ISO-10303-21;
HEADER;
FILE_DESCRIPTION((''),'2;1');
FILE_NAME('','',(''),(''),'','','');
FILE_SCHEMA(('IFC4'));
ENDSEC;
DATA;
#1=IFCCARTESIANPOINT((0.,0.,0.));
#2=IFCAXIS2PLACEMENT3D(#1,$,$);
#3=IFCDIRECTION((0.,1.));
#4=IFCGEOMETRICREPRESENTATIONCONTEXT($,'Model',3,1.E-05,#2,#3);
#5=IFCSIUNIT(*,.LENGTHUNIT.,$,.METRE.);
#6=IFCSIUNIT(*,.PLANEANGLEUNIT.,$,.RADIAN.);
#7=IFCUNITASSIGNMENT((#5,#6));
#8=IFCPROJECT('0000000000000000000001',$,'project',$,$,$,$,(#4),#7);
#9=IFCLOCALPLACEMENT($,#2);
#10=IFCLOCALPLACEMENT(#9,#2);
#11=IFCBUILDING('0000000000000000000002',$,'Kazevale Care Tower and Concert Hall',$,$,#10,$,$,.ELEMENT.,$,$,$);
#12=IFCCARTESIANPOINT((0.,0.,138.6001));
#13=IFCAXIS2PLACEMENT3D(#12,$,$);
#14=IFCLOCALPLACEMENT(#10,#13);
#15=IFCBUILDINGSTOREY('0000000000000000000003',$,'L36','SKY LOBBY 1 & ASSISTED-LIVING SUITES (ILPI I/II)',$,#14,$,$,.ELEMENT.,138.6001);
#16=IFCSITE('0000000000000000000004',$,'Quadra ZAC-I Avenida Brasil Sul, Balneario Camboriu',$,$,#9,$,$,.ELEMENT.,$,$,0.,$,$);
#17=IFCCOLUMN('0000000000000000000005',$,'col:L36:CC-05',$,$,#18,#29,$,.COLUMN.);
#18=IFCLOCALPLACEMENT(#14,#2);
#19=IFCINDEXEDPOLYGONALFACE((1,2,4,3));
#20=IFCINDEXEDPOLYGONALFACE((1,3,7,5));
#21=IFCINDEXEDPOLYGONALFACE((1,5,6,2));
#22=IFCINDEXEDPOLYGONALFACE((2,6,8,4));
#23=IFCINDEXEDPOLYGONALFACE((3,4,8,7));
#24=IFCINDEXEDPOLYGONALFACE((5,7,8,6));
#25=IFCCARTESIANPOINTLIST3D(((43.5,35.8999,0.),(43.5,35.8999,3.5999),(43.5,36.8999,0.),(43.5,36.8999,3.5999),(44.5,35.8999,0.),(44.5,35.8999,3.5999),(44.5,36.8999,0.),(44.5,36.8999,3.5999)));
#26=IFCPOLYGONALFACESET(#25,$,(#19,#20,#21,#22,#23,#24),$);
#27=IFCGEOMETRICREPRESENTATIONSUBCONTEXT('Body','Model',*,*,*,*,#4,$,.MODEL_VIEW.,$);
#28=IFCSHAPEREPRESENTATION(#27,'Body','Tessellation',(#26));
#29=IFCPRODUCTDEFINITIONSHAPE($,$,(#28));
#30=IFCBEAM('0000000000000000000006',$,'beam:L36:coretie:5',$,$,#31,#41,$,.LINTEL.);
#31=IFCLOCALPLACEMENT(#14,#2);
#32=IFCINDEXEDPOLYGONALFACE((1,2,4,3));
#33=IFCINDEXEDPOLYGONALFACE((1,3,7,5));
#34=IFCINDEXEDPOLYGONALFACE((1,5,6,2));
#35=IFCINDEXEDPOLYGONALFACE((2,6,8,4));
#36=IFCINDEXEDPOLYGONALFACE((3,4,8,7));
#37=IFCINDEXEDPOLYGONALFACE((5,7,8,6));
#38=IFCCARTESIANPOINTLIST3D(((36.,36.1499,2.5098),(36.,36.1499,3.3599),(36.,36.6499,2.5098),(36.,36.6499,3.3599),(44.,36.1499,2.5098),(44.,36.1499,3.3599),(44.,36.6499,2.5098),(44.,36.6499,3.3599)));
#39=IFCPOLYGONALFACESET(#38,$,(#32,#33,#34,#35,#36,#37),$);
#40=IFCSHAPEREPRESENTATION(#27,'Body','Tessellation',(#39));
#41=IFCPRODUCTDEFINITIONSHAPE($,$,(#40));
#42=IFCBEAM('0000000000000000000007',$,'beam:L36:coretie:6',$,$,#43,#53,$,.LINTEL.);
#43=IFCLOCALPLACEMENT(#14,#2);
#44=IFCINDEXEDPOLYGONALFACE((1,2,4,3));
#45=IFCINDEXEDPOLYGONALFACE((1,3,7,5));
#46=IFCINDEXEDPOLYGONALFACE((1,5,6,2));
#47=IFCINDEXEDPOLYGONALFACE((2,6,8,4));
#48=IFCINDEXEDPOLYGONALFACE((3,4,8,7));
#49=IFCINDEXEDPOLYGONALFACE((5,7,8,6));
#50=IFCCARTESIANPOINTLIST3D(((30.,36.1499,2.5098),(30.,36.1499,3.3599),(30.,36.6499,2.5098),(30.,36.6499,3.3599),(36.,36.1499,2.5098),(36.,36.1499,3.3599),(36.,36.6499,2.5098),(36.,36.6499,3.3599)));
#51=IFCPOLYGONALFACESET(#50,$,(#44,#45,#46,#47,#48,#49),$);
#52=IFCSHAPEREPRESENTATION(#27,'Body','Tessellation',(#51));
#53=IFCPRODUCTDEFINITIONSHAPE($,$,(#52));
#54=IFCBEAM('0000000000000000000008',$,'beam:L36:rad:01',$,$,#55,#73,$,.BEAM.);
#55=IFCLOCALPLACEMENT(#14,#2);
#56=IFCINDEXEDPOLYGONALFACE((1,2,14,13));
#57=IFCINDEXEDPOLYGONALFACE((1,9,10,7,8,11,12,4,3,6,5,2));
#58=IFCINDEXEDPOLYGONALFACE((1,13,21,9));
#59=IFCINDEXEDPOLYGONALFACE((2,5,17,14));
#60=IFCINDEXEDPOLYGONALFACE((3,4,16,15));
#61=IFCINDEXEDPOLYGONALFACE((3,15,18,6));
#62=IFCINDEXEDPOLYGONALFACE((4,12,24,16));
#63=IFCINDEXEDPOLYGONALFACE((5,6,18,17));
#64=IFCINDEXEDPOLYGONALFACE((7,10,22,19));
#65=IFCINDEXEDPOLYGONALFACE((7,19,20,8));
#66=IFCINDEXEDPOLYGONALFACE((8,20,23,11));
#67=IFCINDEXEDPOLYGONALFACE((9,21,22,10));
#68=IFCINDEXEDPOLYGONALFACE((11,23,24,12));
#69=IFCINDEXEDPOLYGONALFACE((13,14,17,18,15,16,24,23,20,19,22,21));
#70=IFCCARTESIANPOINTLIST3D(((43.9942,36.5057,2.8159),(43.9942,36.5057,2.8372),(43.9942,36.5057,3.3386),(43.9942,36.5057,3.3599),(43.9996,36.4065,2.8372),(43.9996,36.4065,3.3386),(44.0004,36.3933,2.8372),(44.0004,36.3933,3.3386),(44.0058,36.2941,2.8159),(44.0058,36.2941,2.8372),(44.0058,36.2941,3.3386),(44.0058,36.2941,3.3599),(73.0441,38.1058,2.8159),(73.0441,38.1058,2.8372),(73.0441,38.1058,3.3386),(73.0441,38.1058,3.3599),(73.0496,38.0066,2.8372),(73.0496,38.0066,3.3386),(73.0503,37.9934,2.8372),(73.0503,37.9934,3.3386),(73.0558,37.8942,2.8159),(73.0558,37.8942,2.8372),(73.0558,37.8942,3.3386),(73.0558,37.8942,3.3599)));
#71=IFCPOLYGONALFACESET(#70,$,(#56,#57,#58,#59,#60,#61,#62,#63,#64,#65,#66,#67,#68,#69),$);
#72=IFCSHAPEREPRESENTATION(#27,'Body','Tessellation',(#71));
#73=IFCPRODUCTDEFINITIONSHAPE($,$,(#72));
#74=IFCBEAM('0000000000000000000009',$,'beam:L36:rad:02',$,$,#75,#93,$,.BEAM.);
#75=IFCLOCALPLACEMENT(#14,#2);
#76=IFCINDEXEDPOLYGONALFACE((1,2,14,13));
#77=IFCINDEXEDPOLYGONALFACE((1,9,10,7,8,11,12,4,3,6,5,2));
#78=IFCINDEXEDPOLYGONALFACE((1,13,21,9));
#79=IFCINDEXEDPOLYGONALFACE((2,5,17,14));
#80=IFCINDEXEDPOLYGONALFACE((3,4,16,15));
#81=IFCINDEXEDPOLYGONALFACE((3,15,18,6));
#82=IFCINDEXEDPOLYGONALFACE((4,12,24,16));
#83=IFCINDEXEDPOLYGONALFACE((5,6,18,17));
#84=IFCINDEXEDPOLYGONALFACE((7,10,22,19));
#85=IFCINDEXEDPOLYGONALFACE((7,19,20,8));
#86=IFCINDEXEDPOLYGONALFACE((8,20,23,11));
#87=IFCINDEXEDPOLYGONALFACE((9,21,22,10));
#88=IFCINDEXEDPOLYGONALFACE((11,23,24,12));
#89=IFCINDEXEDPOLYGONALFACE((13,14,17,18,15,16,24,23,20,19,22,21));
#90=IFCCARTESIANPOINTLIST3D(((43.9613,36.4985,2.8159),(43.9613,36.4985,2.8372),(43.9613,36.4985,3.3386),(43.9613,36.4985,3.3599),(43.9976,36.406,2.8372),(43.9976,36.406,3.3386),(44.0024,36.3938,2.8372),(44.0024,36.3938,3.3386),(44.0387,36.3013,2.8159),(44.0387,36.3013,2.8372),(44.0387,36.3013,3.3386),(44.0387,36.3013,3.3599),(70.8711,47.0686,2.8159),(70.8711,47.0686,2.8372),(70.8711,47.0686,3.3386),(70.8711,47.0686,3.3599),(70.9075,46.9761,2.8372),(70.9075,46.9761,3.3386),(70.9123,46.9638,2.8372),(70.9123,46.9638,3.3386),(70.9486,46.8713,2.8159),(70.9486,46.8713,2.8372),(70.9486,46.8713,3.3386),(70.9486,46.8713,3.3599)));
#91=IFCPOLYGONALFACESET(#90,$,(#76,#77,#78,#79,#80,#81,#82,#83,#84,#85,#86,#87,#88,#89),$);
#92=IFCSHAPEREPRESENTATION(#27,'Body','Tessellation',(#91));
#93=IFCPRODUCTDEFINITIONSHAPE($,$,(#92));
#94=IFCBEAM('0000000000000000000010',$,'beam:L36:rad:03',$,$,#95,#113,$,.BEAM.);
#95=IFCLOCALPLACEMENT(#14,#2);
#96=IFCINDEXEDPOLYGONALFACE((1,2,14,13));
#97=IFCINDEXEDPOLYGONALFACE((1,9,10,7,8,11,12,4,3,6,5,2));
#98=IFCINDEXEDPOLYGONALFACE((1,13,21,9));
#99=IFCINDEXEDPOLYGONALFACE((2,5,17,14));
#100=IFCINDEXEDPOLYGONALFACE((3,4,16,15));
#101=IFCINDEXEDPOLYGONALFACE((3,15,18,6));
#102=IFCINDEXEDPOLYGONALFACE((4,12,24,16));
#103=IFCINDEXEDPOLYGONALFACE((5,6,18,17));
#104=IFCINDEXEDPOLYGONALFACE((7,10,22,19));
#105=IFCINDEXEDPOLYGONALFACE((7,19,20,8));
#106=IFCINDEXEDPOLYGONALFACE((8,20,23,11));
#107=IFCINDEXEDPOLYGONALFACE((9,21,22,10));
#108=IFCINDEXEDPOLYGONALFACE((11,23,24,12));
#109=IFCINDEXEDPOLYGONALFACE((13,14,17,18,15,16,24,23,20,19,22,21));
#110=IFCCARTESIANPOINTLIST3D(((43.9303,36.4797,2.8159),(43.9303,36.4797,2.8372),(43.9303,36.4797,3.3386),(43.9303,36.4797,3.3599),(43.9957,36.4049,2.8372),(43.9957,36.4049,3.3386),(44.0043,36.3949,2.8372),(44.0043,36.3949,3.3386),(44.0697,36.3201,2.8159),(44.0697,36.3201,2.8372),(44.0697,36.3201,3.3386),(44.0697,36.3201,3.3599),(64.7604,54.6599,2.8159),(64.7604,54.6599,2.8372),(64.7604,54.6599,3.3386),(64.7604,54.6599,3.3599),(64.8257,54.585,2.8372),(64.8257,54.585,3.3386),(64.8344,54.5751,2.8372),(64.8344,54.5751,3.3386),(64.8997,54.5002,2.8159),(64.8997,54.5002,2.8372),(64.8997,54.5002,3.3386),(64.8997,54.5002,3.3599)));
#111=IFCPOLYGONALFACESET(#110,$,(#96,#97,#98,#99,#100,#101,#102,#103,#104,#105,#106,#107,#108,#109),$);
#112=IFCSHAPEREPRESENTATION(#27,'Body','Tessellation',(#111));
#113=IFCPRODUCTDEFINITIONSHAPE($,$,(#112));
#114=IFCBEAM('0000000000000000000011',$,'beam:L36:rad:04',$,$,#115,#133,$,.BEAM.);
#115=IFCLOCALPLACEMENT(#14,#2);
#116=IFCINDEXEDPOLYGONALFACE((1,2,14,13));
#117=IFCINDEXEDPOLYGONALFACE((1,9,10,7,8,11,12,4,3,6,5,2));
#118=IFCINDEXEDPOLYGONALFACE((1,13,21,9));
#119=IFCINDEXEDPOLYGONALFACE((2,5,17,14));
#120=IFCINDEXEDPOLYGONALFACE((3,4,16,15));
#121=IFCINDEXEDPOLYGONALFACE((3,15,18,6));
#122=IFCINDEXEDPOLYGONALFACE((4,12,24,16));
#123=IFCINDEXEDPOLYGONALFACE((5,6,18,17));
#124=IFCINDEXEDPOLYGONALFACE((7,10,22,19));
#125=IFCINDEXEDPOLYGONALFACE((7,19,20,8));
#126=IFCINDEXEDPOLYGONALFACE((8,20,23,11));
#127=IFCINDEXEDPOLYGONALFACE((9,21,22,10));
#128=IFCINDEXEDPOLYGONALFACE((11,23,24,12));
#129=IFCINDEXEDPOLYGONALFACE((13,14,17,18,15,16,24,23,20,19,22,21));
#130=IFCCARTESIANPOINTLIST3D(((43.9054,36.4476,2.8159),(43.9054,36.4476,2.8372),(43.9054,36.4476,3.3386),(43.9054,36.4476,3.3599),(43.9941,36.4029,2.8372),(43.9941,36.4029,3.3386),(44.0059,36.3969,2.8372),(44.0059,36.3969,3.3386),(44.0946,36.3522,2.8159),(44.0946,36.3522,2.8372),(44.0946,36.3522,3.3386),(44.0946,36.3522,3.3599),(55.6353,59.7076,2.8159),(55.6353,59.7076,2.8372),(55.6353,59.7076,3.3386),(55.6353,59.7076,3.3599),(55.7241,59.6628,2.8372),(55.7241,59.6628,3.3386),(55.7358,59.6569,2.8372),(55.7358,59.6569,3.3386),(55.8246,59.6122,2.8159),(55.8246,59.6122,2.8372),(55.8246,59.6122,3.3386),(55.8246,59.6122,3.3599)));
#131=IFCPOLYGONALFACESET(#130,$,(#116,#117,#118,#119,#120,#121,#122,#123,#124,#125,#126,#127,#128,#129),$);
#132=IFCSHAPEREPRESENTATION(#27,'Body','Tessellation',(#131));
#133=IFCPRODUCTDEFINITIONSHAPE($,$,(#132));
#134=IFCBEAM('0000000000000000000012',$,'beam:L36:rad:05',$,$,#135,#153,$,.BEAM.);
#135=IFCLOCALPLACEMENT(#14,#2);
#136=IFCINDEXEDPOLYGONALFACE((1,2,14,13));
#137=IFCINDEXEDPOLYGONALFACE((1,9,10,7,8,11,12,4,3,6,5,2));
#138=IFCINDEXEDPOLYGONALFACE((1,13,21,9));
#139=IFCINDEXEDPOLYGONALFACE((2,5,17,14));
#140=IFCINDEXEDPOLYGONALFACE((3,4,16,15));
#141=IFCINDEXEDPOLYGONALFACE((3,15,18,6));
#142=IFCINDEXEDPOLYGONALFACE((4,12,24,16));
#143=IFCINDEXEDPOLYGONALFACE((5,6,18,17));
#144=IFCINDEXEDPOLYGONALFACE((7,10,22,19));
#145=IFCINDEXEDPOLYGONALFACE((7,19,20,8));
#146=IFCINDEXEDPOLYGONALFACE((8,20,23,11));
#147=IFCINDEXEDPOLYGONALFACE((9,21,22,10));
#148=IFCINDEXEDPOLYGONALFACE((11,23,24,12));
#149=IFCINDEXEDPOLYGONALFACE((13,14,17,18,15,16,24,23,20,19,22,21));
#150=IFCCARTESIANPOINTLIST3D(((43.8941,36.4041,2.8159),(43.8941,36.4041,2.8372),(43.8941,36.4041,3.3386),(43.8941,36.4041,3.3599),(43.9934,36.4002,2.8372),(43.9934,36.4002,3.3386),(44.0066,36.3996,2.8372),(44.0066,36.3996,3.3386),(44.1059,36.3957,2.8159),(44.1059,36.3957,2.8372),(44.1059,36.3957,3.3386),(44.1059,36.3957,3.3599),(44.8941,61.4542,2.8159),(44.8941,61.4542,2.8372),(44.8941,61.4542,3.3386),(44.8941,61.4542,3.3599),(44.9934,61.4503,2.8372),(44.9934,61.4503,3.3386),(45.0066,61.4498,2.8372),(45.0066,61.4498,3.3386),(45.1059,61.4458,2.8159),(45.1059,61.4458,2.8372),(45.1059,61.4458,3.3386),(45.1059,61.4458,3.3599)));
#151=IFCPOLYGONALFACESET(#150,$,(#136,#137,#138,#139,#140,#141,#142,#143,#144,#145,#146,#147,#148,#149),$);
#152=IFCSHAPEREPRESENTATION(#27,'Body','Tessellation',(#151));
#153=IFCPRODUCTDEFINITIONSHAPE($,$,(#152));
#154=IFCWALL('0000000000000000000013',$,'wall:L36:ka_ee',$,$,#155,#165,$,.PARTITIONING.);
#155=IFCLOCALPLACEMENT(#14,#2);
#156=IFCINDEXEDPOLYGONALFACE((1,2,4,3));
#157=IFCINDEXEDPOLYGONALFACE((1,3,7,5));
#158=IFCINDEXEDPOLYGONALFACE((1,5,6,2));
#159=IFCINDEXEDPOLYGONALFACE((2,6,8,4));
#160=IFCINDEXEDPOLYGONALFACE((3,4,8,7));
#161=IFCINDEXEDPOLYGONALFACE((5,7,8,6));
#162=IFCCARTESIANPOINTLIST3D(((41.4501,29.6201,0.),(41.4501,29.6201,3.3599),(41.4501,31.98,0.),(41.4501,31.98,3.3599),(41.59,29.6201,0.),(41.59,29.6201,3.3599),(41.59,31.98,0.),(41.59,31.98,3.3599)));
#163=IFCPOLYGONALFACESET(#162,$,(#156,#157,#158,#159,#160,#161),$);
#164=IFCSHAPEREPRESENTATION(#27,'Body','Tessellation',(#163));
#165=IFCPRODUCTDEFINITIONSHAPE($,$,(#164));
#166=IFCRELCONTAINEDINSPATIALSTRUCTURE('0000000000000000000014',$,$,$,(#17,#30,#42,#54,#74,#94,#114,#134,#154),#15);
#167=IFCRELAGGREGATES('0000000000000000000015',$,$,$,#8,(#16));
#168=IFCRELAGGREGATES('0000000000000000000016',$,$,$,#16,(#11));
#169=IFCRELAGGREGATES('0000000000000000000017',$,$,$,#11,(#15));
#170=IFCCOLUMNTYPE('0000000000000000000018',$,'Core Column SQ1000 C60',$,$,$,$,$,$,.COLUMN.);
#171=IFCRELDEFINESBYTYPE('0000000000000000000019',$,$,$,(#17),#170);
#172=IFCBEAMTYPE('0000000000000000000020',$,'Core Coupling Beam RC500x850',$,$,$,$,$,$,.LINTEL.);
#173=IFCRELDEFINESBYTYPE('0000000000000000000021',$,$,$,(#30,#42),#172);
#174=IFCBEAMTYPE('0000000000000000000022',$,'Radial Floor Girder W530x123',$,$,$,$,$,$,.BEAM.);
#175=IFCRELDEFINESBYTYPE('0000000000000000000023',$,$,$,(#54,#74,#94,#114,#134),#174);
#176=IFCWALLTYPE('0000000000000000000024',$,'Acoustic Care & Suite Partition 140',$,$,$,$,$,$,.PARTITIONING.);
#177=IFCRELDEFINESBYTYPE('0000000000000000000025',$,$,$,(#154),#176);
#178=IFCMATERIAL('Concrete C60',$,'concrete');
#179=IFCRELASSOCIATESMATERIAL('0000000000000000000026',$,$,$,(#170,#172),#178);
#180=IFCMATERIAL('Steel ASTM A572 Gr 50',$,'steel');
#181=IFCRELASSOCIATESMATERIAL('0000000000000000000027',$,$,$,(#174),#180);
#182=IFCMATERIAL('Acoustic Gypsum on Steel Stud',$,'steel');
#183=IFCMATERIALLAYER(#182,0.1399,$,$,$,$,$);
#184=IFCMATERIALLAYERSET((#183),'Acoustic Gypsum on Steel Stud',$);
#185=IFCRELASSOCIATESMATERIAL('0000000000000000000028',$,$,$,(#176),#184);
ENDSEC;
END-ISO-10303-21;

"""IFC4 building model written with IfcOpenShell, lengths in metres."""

from ifc_helpers import new_model, si_unit, direction, frame, frame_2d, origin, origin_2d, place, context, subcontext, project, spatial, rectangle, i_section, extrude, material, layer, layer_set, material_profile, profile_set, type_object, element, save


model = new_model("IFC4")

# Units and contexts
model_context = context("Model", 3, precision=1e-05, world=origin(), true_north=direction((0.0, 1.0)))
body_context = subcontext(model_context, "Body", "Model", "MODEL_VIEW")
ifc_project = project(units=[si_unit("LENGTHUNIT", "METRE"), si_unit("PLANEANGLEUNIT", "RADIAN")], contexts=[model_context])

# Site, building, storey
site_placement = place(None, origin())
site = spatial("IfcSite", under=ifc_project, at=site_placement, Name="Quadra ZAC-I Avenida Brasil Sul, Balneario Camboriu", CompositionType="ELEMENT", RefElevation=0.0)
building_placement = place(site_placement, origin())
building = spatial("IfcBuilding", under=site, at=building_placement, Name="Kazevale Care Tower and Concert Hall", CompositionType="ELEMENT")
storey_placement = place(building_placement, frame((0.0, 0.0, 138.6001)))
storey = spatial("IfcBuildingStorey", under=building, at=storey_placement, Name="L36", Description="SKY LOBBY 1 & ASSISTED-LIVING SUITES (ILPI I/II)", CompositionType="ELEMENT", Elevation=138.6001)

# Column
ifc_material_1 = material(Name="Concrete C60", Category="concrete")
ifc_material_profile_1 = material_profile(ifc_material_1, rectangle(XDim=1.0, YDim=1.0, at=origin_2d()), Name="RC-SQ1000")
ifc_profile_set_1 = profile_set([ifc_material_profile_1], Name="Concrete C60")
column_type = type_object("IfcColumnType", Name="Core Column SQ1000 C60", PredefinedType="COLUMN", material=ifc_profile_set_1)
column_placement = place(storey_placement, frame((44.0, 36.3999, 0.0), z_axis=(0.0, 0.0, 1.0), x_axis=(1.0, 0.0, 0.0)))
element("IfcColumn", 1, at=column_placement, inside=storey, type_object=column_type, Name="col:L36:CC-05", PredefinedType="COLUMN", context=body_context, shape_type="SweptSolid", body=[
    extrude(rectangle(XDim=1.0, YDim=1.0, at=origin_2d()), origin(), (0.0, 0.0, 1.0), 3.5999),
])

# Beams
ifc_material_profile_2 = material_profile(ifc_material_1, rectangle(XDim=0.5, YDim=0.8501, at=origin_2d()), Name="RC-B500x850")
ifc_profile_set_2 = profile_set([ifc_material_profile_2], Name="Concrete C60")
beam_type_1 = type_object("IfcBeamType", Name="Core Coupling Beam RC500x850", PredefinedType="LINTEL", material=ifc_profile_set_2)
beam_1_placement = place(storey_placement, frame((44.0, 36.3999, 2.9348), z_axis=(-1.0, 0.0, 0.0), x_axis=(0.0, -1.0, 0.0)))
element("IfcBeam", 2, at=beam_1_placement, inside=storey, type_object=beam_type_1, Name="beam:L36:coretie:5", PredefinedType="LINTEL", context=body_context, shape_type="SweptSolid", body=[
    extrude(rectangle(XDim=0.5, YDim=0.8501, at=origin_2d()), origin(), (0.0, 0.0, 1.0), 8.0),
])
beam_2_placement = place(storey_placement, frame((36.0, 36.3999, 2.9348), z_axis=(-1.0, 0.0, 0.0), x_axis=(0.0, -1.0, 0.0)))
element("IfcBeam", 3, at=beam_2_placement, inside=storey, type_object=beam_type_1, Name="beam:L36:coretie:6", PredefinedType="LINTEL", context=body_context, shape_type="SweptSolid", body=[
    extrude(rectangle(XDim=0.5, YDim=0.8501, at=origin_2d()), origin(), (0.0, 0.0, 1.0), 6.0),
])
ifc_material_2 = material(Name="Steel ASTM A572 Gr 50", Category="steel")
ifc_material_profile_3 = material_profile(ifc_material_2, i_section(OverallWidth=0.2119, OverallDepth=0.5439, WebThickness=0.0132, FlangeThickness=0.0212, at=origin_2d()), Name="W530x123")
ifc_profile_set_3 = profile_set([ifc_material_profile_3], Name="Steel ASTM A572 Gr 50")
beam_type_2 = type_object("IfcBeamType", Name="Radial Floor Girder W530x123", PredefinedType="BEAM", material=ifc_profile_set_3)
beam_3_placement = place(storey_placement, frame((44.0, 36.3999, 3.0879), z_axis=(0.998487, 0.054997, 0.0), x_axis=(-0.054997, 0.998487, 0.0)))
element("IfcBeam", 4, at=beam_3_placement, inside=storey, type_object=beam_type_2, Name="beam:L36:rad:01", PredefinedType="BEAM", context=body_context, shape_type="SweptSolid", body=[
    extrude(i_section(OverallWidth=0.2119, OverallDepth=0.5439, WebThickness=0.0132, FlangeThickness=0.0212, at=origin_2d()), origin(), (0.0, 0.0, 1.0), 29.094),
])
beam_4_placement = place(storey_placement, frame((44.0, 36.3999, 3.0879), z_axis=(0.930771, 0.365602, 0.0), x_axis=(-0.365602, 0.930771, 0.0)))
element("IfcBeam", 5, at=beam_4_placement, inside=storey, type_object=beam_type_2, Name="beam:L36:rad:02", PredefinedType="BEAM", context=body_context, shape_type="SweptSolid", body=[
    extrude(i_section(OverallWidth=0.2119, OverallDepth=0.5439, WebThickness=0.0132, FlangeThickness=0.0212, at=origin_2d()), origin(), (0.0, 0.0, 1.0), 28.9114),
])
beam_5_placement = place(storey_placement, frame((44.0, 36.3999, 3.0879), z_axis=(0.753403, 0.657559, 0.0), x_axis=(-0.657559, 0.753403, 0.0)))
element("IfcBeam", 6, at=beam_5_placement, inside=storey, type_object=beam_type_2, Name="beam:L36:rad:03", PredefinedType="BEAM", context=body_context, shape_type="SweptSolid", body=[
    extrude(i_section(OverallWidth=0.2119, OverallDepth=0.5439, WebThickness=0.0132, FlangeThickness=0.0212, at=origin_2d()), origin(), (0.0, 0.0, 1.0), 27.6479),
])
beam_6_placement = place(storey_placement, frame((44.0, 36.3999, 3.0879), z_axis=(0.450281, 0.892887, 0.0), x_axis=(-0.892887, 0.450281, 0.0)))
element("IfcBeam", 7, at=beam_6_placement, inside=storey, type_object=beam_type_2, Name="beam:L36:rad:04", PredefinedType="BEAM", context=body_context, shape_type="SweptSolid", body=[
    extrude(i_section(OverallWidth=0.2119, OverallDepth=0.5439, WebThickness=0.0132, FlangeThickness=0.0212, at=origin_2d()), origin(), (0.0, 0.0, 1.0), 26.0503),
])
beam_7_placement = place(storey_placement, frame((44.0, 36.3999, 3.0879), z_axis=(0.039888, 0.999204, 0.0), x_axis=(-0.999204, 0.039888, 0.0)))
element("IfcBeam", 8, at=beam_7_placement, inside=storey, type_object=beam_type_2, Name="beam:L36:rad:05", PredefinedType="BEAM", context=body_context, shape_type="SweptSolid", body=[
    extrude(i_section(OverallWidth=0.2119, OverallDepth=0.5439, WebThickness=0.0132, FlangeThickness=0.0212, at=origin_2d()), origin(), (0.0, 0.0, 1.0), 25.0701),
])

# Wall
ifc_material_3 = material(Name="Acoustic Gypsum on Steel Stud", Category="steel")
ifc_layer_1 = layer(ifc_material_3, 0.1399)
ifc_layer_set_1 = layer_set([ifc_layer_1], Name="Acoustic Gypsum on Steel Stud")
wall_type_1 = type_object("IfcWallType", Name="Acoustic Care & Suite Partition 140", PredefinedType="PARTITIONING", material=ifc_layer_set_1)
wall_1_placement = place(storey_placement, frame((41.52, 29.6201, 0.0), z_axis=(0.0, 0.0, 1.0), x_axis=(0.0, 1.0, 0.0)))
element("IfcWall", 9, at=wall_1_placement, inside=storey, type_object=wall_type_1, Name="wall:L36:ka_ee", PredefinedType="PARTITIONING", context=body_context, shape_type="SweptSolid", body=[
    extrude(rectangle(XDim=2.3599, YDim=0.1399, at=frame_2d((1.1799, 0.0))), origin(), (0.0, 0.0, 1.0), 3.3599),
])

save(model, "model.ifc")
